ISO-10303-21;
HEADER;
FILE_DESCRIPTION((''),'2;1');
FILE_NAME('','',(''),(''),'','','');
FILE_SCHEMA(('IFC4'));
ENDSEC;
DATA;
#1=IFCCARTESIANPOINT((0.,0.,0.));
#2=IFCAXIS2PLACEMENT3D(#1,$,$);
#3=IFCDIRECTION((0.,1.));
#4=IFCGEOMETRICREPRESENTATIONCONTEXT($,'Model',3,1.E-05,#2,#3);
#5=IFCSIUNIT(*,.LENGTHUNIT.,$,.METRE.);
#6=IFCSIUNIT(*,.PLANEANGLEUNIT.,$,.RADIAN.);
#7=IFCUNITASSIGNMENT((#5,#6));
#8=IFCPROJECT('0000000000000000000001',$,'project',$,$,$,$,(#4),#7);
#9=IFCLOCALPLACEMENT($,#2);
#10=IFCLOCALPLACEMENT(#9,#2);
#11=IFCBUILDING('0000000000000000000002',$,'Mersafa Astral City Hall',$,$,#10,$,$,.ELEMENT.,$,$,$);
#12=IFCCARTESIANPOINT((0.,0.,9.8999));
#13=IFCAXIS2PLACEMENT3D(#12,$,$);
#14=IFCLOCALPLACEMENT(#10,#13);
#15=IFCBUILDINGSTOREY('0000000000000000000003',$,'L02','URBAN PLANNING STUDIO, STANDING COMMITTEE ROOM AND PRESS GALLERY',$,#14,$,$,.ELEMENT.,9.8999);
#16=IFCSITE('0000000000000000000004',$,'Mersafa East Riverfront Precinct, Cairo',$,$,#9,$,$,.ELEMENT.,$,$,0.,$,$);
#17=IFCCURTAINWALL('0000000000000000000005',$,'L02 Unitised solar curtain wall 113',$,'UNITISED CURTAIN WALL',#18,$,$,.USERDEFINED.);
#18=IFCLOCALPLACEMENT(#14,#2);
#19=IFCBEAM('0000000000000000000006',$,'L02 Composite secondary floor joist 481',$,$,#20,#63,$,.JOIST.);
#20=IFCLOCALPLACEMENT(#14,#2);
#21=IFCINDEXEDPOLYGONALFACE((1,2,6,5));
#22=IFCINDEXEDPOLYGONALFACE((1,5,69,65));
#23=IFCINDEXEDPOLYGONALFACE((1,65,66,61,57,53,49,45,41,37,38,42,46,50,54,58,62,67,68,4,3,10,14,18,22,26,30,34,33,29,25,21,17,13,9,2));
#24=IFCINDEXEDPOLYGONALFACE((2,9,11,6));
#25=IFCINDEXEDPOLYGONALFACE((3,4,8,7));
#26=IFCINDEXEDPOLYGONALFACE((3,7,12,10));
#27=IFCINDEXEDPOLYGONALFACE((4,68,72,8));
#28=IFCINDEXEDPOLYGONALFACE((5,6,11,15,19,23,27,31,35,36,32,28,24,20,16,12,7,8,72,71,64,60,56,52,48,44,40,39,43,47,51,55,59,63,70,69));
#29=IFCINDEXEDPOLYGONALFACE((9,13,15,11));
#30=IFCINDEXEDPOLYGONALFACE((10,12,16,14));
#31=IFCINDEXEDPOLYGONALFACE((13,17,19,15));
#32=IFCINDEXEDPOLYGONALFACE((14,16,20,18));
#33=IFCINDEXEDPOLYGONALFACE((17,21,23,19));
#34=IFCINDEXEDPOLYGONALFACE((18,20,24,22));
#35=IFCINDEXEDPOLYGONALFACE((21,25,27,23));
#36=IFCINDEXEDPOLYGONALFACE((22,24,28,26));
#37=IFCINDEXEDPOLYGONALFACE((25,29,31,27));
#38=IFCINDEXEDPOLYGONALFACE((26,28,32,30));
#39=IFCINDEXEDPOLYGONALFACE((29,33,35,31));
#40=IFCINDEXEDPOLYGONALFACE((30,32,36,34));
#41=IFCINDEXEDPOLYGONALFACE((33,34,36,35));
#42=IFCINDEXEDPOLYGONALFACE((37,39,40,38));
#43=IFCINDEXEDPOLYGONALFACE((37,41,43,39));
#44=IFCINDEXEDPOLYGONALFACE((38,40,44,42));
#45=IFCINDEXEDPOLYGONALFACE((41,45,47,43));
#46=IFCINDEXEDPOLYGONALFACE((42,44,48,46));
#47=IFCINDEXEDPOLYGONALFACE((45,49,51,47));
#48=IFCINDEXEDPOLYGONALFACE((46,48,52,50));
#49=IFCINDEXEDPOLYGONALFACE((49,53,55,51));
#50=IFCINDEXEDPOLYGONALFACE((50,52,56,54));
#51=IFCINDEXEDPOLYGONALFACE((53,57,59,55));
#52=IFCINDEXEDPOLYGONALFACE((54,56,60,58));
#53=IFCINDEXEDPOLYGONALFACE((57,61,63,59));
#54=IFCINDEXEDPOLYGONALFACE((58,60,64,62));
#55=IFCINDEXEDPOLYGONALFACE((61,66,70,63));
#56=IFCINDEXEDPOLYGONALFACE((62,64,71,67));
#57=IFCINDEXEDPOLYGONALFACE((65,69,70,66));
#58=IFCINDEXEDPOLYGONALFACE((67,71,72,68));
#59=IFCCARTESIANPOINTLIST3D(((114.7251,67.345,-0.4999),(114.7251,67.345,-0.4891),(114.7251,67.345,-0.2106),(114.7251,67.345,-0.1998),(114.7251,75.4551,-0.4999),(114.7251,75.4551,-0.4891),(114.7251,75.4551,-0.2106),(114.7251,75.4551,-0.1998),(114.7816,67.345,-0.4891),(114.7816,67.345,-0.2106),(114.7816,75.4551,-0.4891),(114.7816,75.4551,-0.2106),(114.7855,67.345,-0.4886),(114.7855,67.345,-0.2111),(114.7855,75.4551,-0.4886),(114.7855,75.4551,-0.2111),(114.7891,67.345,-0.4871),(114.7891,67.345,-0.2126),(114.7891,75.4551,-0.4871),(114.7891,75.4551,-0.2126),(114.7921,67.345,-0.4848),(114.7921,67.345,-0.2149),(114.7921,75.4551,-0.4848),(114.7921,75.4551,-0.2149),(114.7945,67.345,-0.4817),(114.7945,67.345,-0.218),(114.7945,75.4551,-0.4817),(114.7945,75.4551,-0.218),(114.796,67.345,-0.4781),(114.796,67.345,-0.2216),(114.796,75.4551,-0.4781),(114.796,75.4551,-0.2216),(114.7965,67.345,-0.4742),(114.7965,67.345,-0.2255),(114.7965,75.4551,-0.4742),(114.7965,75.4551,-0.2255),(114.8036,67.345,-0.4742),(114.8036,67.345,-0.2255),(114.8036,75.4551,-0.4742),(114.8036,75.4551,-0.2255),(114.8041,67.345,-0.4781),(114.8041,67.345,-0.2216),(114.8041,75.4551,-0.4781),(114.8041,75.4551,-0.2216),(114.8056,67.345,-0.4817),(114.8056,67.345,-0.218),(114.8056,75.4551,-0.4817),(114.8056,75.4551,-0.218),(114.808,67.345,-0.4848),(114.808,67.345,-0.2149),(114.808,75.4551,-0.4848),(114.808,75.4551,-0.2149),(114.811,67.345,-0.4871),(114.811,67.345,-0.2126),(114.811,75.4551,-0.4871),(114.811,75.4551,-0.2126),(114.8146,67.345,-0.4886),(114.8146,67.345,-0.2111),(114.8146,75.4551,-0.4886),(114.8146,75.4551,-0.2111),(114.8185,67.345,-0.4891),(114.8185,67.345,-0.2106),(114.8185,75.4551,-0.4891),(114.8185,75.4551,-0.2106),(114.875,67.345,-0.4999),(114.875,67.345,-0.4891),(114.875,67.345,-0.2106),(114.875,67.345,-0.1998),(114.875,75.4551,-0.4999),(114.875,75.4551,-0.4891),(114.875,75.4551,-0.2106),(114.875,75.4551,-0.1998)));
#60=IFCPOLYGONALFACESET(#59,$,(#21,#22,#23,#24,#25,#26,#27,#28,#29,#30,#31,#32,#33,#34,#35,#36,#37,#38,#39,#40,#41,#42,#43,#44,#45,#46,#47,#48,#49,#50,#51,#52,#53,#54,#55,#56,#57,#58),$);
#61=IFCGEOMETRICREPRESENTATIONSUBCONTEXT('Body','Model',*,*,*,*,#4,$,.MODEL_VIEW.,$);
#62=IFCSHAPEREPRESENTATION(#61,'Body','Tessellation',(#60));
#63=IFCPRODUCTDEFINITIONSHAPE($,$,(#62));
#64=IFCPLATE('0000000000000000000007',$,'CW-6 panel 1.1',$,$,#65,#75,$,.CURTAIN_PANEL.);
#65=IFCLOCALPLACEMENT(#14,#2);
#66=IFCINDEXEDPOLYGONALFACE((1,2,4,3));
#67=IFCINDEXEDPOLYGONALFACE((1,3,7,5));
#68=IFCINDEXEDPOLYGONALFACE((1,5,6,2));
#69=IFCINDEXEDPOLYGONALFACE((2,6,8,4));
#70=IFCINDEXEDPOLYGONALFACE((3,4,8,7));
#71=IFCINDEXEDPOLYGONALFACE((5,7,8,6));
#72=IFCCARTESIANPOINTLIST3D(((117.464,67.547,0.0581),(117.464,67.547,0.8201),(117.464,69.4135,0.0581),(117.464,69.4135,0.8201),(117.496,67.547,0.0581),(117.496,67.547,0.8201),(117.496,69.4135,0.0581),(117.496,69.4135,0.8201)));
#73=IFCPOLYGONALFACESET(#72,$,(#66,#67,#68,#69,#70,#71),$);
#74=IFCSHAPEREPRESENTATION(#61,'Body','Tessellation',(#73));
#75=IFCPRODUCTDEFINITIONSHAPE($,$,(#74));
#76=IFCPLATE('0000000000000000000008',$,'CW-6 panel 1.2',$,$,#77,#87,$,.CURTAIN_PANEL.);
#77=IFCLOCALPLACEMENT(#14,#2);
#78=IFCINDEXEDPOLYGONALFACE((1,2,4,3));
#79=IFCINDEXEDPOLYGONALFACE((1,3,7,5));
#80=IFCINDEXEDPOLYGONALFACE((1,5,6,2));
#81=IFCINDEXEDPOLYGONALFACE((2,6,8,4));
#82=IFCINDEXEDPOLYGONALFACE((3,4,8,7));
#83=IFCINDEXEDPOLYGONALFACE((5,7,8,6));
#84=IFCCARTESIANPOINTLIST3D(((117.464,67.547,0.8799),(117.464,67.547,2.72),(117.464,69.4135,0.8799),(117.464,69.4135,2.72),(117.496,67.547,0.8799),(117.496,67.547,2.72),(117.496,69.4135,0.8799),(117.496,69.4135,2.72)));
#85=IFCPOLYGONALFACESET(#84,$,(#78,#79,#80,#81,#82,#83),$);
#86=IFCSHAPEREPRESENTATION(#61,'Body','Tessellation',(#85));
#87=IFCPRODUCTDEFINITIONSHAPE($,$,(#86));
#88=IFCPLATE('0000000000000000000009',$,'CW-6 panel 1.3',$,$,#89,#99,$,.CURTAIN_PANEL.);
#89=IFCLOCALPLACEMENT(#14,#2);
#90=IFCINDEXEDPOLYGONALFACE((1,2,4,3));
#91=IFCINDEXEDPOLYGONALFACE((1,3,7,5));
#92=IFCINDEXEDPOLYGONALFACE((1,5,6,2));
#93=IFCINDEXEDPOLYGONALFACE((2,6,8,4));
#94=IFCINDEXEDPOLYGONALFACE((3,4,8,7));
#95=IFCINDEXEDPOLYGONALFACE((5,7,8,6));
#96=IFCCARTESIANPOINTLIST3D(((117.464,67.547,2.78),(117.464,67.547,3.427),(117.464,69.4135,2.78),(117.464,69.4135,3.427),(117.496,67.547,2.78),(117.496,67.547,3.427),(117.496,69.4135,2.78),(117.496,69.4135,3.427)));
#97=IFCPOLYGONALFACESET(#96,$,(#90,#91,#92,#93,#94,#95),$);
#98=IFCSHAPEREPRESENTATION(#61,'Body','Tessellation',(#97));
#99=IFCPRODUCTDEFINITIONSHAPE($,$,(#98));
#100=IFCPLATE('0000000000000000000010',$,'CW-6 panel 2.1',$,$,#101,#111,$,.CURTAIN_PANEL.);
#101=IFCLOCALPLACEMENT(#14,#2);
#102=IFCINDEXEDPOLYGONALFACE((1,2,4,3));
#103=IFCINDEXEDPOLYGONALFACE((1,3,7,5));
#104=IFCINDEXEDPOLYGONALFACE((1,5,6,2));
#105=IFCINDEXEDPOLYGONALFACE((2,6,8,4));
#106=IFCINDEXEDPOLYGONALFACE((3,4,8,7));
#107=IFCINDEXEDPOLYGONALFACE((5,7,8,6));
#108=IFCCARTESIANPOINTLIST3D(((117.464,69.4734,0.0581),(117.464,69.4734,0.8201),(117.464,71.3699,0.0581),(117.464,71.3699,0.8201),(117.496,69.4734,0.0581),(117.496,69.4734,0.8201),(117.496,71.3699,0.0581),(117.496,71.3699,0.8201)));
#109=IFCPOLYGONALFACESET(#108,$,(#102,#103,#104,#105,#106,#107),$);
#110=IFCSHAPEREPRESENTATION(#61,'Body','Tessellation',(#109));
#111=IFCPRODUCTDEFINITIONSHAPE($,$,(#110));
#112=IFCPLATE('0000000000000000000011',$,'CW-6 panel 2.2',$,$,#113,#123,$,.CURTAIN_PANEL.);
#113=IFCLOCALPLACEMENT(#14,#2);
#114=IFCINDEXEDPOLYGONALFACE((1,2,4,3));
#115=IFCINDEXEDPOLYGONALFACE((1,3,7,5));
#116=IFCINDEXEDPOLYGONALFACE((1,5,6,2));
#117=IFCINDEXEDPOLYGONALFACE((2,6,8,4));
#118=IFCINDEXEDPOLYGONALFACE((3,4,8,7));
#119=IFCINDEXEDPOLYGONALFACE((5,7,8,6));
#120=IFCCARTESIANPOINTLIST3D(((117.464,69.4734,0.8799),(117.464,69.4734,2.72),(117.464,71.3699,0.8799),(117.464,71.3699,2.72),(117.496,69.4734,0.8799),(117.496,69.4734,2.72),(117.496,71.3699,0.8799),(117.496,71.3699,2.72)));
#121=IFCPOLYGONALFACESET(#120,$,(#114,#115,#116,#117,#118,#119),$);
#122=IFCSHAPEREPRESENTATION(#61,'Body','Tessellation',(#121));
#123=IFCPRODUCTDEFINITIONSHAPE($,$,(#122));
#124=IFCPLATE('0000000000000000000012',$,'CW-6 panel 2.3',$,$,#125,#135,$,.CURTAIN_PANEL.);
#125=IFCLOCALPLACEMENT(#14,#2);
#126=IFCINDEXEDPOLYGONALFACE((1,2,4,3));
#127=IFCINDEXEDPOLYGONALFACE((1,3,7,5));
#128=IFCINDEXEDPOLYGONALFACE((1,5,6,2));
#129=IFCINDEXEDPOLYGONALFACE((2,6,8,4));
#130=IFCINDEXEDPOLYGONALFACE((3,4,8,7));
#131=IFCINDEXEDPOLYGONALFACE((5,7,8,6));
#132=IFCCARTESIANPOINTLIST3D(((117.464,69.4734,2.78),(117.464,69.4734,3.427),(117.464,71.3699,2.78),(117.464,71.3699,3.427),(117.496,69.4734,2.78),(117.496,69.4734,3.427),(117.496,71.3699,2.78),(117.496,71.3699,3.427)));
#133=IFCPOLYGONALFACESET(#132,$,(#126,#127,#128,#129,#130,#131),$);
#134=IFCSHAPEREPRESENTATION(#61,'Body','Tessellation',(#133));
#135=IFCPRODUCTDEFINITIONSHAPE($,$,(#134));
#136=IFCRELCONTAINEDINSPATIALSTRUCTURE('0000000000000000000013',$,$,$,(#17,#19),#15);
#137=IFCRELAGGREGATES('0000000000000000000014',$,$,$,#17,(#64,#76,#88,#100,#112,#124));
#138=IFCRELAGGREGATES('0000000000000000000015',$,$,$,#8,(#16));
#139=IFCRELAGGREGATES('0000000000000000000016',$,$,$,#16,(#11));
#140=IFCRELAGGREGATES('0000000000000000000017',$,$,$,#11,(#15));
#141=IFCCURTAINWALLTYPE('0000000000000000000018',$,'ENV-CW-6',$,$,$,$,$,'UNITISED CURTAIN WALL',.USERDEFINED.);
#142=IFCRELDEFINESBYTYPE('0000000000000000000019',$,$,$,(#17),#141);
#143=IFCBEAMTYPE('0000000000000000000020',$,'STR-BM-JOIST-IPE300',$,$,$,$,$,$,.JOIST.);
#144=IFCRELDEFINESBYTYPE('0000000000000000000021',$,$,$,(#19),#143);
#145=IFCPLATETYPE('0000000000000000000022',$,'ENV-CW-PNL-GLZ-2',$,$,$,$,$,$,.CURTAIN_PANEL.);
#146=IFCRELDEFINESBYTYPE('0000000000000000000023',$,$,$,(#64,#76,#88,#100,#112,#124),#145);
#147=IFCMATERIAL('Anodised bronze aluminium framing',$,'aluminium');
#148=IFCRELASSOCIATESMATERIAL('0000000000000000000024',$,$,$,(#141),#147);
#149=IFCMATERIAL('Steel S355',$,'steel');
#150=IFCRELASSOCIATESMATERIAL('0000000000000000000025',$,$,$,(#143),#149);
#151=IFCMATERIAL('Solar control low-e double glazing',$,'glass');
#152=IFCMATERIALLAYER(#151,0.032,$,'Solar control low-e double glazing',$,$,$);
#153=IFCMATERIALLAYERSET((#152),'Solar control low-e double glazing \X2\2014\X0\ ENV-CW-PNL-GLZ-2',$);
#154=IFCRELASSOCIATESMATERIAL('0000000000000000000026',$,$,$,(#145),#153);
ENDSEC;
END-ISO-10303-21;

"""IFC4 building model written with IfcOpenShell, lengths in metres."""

from ifc_helpers import new_model, si_unit, direction, frame, origin, origin_2d, place, context, subcontext, project, spatial, rectangle, i_section, extrude, material, layer, layer_set, material_profile, profile_set, type_object, element, aggregate, save


model = new_model("IFC4")

# Units and contexts
model_context = context("Model", 3, precision=1e-05, world=origin(), true_north=direction((0.0, 1.0)))
body_context = subcontext(model_context, "Body", "Model", "MODEL_VIEW")
ifc_project = project(units=[si_unit("LENGTHUNIT", "METRE"), si_unit("PLANEANGLEUNIT", "RADIAN")], contexts=[model_context])

# Site, building, storey
site_placement = place(None, origin())
site = spatial("IfcSite", under=ifc_project, at=site_placement, Name="Mersafa East Riverfront Precinct, Cairo", CompositionType="ELEMENT", RefElevation=0.0)
building_placement = place(site_placement, origin())
building = spatial("IfcBuilding", under=site, at=building_placement, Name="Mersafa Astral City Hall", CompositionType="ELEMENT")
storey_placement = place(building_placement, frame((0.0, 0.0, 9.8999)))
storey = spatial("IfcBuildingStorey", under=building, at=storey_placement, Name="L02", Description="URBAN PLANNING STUDIO, STANDING COMMITTEE ROOM AND PRESS GALLERY", CompositionType="ELEMENT", Elevation=9.8999)

# Shared definitions
ifc_material_1 = material(Name="Anodised bronze aluminium framing", Category="aluminium")

# Curtain wall
curtain_wall_type_1 = type_object("IfcCurtainWallType", Name="ENV-CW-6", ElementType="UNITISED CURTAIN WALL", PredefinedType="USERDEFINED", material=ifc_material_1)
curtain_wall_1_placement = place(storey_placement, origin())
curtain_wall_1 = element("IfcCurtainWall", 1, at=curtain_wall_1_placement, inside=storey, type_object=curtain_wall_type_1, Name="L02 Unitised solar curtain wall 113", ObjectType="UNITISED CURTAIN WALL", PredefinedType="USERDEFINED")

# Beam
ifc_material_2 = material(Name="Steel S355", Category="steel")
ifc_material_profile_1 = material_profile(ifc_material_2, i_section(OverallWidth=0.1499, OverallDepth=0.3, WebThickness=0.0071, FlangeThickness=0.0107, FilletRadius=0.0149, at=origin_2d()), Name="IPE 300")
ifc_profile_set_1 = profile_set([ifc_material_profile_1], Name="Steel S355")
beam_type_1 = type_object("IfcBeamType", Name="STR-BM-JOIST-IPE300", PredefinedType="JOIST", material=ifc_profile_set_1)
for number, where, z_axis, x_axis, name in (
    (2, (114.8, 67.345, -0.3499), (0.0, 1.0, 0.0), (-1.0, 0.0, 0.0), "L02 Composite secondary floor joist 481"),
):
    element("IfcBeam", number, at=place(storey_placement, frame(where, z_axis=z_axis, x_axis=x_axis)), inside=storey, type_object=beam_type_1, Name=name, PredefinedType="JOIST", context=body_context, shape_type="SweptSolid", body=[
        extrude(i_section(OverallWidth=0.1499, OverallDepth=0.3, WebThickness=0.0071, FlangeThickness=0.0107, FilletRadius=0.0149, at=origin_2d()), origin(), (0.0, 0.0, 1.0), 8.1101),
    ])

# Plates
ifc_material_3 = material(Name="Solar control low-e double glazing", Category="glass")
ifc_layer = layer(ifc_material_3, 0.032, Name="Solar control low-e double glazing")
ifc_layer_set = layer_set([ifc_layer], Name="Solar control low-e double glazing — ENV-CW-PNL-GLZ-2")
plate_type = type_object("IfcPlateType", Name="ENV-CW-PNL-GLZ-2", PredefinedType="CURTAIN_PANEL", material=ifc_layer_set)
plate_1_placement = place(storey_placement, frame((117.48, 68.4802, 0.0581), z_axis=(0.0, 0.0, 1.0), x_axis=(0.0, 1.0, 0.0)))
plate_1 = element("IfcPlate", 3, at=plate_1_placement, type_object=plate_type, Name="CW-6 panel 1.1", PredefinedType="CURTAIN_PANEL", context=body_context, shape_type="SweptSolid", body=[
    extrude(rectangle(XDim=1.8665, YDim=0.032, at=origin_2d()), origin(), (0.0, 0.0, 1.0), 0.762),
])
plate_2_placement = place(storey_placement, frame((117.48, 68.4802, 0.8799), z_axis=(0.0, 0.0, 1.0), x_axis=(0.0, 1.0, 0.0)))
plate_2 = element("IfcPlate", 4, at=plate_2_placement, type_object=plate_type, Name="CW-6 panel 1.2", PredefinedType="CURTAIN_PANEL", context=body_context, shape_type="SweptSolid", body=[
    extrude(rectangle(XDim=1.8665, YDim=0.032, at=origin_2d()), origin(), (0.0, 0.0, 1.0), 1.8401),
])
plate_3_placement = place(storey_placement, frame((117.48, 68.4802, 2.78), z_axis=(0.0, 0.0, 1.0), x_axis=(0.0, 1.0, 0.0)))
plate_3 = element("IfcPlate", 5, at=plate_3_placement, type_object=plate_type, Name="CW-6 panel 1.3", PredefinedType="CURTAIN_PANEL", context=body_context, shape_type="SweptSolid", body=[
    extrude(rectangle(XDim=1.8665, YDim=0.032, at=origin_2d()), origin(), (0.0, 0.0, 1.0), 0.647),
])
plate_4_placement = place(storey_placement, frame((117.48, 70.4216, 0.0581), z_axis=(0.0, 0.0, 1.0), x_axis=(0.0, 1.0, 0.0)))
plate_4 = element("IfcPlate", 6, at=plate_4_placement, type_object=plate_type, Name="CW-6 panel 2.1", PredefinedType="CURTAIN_PANEL", context=body_context, shape_type="SweptSolid", body=[
    extrude(rectangle(XDim=1.8965, YDim=0.032, at=origin_2d()), origin(), (0.0, 0.0, 1.0), 0.762),
])
plate_5_placement = place(storey_placement, frame((117.48, 70.4216, 0.8799), z_axis=(0.0, 0.0, 1.0), x_axis=(0.0, 1.0, 0.0)))
plate_5 = element("IfcPlate", 7, at=plate_5_placement, type_object=plate_type, Name="CW-6 panel 2.2", PredefinedType="CURTAIN_PANEL", context=body_context, shape_type="SweptSolid", body=[
    extrude(rectangle(XDim=1.8965, YDim=0.032, at=origin_2d()), origin(), (0.0, 0.0, 1.0), 1.8401),
])
plate_6_placement = place(storey_placement, frame((117.48, 70.4216, 2.78), z_axis=(0.0, 0.0, 1.0), x_axis=(0.0, 1.0, 0.0)))
plate_6 = element("IfcPlate", 8, at=plate_6_placement, type_object=plate_type, Name="CW-6 panel 2.3", PredefinedType="CURTAIN_PANEL", context=body_context, shape_type="SweptSolid", body=[
    extrude(rectangle(XDim=1.8965, YDim=0.032, at=origin_2d()), origin(), (0.0, 0.0, 1.0), 0.647),
])
aggregate(curtain_wall_1, [plate_1, plate_2, plate_3, plate_4, plate_5, plate_6])

save(model, "model.ifc")
